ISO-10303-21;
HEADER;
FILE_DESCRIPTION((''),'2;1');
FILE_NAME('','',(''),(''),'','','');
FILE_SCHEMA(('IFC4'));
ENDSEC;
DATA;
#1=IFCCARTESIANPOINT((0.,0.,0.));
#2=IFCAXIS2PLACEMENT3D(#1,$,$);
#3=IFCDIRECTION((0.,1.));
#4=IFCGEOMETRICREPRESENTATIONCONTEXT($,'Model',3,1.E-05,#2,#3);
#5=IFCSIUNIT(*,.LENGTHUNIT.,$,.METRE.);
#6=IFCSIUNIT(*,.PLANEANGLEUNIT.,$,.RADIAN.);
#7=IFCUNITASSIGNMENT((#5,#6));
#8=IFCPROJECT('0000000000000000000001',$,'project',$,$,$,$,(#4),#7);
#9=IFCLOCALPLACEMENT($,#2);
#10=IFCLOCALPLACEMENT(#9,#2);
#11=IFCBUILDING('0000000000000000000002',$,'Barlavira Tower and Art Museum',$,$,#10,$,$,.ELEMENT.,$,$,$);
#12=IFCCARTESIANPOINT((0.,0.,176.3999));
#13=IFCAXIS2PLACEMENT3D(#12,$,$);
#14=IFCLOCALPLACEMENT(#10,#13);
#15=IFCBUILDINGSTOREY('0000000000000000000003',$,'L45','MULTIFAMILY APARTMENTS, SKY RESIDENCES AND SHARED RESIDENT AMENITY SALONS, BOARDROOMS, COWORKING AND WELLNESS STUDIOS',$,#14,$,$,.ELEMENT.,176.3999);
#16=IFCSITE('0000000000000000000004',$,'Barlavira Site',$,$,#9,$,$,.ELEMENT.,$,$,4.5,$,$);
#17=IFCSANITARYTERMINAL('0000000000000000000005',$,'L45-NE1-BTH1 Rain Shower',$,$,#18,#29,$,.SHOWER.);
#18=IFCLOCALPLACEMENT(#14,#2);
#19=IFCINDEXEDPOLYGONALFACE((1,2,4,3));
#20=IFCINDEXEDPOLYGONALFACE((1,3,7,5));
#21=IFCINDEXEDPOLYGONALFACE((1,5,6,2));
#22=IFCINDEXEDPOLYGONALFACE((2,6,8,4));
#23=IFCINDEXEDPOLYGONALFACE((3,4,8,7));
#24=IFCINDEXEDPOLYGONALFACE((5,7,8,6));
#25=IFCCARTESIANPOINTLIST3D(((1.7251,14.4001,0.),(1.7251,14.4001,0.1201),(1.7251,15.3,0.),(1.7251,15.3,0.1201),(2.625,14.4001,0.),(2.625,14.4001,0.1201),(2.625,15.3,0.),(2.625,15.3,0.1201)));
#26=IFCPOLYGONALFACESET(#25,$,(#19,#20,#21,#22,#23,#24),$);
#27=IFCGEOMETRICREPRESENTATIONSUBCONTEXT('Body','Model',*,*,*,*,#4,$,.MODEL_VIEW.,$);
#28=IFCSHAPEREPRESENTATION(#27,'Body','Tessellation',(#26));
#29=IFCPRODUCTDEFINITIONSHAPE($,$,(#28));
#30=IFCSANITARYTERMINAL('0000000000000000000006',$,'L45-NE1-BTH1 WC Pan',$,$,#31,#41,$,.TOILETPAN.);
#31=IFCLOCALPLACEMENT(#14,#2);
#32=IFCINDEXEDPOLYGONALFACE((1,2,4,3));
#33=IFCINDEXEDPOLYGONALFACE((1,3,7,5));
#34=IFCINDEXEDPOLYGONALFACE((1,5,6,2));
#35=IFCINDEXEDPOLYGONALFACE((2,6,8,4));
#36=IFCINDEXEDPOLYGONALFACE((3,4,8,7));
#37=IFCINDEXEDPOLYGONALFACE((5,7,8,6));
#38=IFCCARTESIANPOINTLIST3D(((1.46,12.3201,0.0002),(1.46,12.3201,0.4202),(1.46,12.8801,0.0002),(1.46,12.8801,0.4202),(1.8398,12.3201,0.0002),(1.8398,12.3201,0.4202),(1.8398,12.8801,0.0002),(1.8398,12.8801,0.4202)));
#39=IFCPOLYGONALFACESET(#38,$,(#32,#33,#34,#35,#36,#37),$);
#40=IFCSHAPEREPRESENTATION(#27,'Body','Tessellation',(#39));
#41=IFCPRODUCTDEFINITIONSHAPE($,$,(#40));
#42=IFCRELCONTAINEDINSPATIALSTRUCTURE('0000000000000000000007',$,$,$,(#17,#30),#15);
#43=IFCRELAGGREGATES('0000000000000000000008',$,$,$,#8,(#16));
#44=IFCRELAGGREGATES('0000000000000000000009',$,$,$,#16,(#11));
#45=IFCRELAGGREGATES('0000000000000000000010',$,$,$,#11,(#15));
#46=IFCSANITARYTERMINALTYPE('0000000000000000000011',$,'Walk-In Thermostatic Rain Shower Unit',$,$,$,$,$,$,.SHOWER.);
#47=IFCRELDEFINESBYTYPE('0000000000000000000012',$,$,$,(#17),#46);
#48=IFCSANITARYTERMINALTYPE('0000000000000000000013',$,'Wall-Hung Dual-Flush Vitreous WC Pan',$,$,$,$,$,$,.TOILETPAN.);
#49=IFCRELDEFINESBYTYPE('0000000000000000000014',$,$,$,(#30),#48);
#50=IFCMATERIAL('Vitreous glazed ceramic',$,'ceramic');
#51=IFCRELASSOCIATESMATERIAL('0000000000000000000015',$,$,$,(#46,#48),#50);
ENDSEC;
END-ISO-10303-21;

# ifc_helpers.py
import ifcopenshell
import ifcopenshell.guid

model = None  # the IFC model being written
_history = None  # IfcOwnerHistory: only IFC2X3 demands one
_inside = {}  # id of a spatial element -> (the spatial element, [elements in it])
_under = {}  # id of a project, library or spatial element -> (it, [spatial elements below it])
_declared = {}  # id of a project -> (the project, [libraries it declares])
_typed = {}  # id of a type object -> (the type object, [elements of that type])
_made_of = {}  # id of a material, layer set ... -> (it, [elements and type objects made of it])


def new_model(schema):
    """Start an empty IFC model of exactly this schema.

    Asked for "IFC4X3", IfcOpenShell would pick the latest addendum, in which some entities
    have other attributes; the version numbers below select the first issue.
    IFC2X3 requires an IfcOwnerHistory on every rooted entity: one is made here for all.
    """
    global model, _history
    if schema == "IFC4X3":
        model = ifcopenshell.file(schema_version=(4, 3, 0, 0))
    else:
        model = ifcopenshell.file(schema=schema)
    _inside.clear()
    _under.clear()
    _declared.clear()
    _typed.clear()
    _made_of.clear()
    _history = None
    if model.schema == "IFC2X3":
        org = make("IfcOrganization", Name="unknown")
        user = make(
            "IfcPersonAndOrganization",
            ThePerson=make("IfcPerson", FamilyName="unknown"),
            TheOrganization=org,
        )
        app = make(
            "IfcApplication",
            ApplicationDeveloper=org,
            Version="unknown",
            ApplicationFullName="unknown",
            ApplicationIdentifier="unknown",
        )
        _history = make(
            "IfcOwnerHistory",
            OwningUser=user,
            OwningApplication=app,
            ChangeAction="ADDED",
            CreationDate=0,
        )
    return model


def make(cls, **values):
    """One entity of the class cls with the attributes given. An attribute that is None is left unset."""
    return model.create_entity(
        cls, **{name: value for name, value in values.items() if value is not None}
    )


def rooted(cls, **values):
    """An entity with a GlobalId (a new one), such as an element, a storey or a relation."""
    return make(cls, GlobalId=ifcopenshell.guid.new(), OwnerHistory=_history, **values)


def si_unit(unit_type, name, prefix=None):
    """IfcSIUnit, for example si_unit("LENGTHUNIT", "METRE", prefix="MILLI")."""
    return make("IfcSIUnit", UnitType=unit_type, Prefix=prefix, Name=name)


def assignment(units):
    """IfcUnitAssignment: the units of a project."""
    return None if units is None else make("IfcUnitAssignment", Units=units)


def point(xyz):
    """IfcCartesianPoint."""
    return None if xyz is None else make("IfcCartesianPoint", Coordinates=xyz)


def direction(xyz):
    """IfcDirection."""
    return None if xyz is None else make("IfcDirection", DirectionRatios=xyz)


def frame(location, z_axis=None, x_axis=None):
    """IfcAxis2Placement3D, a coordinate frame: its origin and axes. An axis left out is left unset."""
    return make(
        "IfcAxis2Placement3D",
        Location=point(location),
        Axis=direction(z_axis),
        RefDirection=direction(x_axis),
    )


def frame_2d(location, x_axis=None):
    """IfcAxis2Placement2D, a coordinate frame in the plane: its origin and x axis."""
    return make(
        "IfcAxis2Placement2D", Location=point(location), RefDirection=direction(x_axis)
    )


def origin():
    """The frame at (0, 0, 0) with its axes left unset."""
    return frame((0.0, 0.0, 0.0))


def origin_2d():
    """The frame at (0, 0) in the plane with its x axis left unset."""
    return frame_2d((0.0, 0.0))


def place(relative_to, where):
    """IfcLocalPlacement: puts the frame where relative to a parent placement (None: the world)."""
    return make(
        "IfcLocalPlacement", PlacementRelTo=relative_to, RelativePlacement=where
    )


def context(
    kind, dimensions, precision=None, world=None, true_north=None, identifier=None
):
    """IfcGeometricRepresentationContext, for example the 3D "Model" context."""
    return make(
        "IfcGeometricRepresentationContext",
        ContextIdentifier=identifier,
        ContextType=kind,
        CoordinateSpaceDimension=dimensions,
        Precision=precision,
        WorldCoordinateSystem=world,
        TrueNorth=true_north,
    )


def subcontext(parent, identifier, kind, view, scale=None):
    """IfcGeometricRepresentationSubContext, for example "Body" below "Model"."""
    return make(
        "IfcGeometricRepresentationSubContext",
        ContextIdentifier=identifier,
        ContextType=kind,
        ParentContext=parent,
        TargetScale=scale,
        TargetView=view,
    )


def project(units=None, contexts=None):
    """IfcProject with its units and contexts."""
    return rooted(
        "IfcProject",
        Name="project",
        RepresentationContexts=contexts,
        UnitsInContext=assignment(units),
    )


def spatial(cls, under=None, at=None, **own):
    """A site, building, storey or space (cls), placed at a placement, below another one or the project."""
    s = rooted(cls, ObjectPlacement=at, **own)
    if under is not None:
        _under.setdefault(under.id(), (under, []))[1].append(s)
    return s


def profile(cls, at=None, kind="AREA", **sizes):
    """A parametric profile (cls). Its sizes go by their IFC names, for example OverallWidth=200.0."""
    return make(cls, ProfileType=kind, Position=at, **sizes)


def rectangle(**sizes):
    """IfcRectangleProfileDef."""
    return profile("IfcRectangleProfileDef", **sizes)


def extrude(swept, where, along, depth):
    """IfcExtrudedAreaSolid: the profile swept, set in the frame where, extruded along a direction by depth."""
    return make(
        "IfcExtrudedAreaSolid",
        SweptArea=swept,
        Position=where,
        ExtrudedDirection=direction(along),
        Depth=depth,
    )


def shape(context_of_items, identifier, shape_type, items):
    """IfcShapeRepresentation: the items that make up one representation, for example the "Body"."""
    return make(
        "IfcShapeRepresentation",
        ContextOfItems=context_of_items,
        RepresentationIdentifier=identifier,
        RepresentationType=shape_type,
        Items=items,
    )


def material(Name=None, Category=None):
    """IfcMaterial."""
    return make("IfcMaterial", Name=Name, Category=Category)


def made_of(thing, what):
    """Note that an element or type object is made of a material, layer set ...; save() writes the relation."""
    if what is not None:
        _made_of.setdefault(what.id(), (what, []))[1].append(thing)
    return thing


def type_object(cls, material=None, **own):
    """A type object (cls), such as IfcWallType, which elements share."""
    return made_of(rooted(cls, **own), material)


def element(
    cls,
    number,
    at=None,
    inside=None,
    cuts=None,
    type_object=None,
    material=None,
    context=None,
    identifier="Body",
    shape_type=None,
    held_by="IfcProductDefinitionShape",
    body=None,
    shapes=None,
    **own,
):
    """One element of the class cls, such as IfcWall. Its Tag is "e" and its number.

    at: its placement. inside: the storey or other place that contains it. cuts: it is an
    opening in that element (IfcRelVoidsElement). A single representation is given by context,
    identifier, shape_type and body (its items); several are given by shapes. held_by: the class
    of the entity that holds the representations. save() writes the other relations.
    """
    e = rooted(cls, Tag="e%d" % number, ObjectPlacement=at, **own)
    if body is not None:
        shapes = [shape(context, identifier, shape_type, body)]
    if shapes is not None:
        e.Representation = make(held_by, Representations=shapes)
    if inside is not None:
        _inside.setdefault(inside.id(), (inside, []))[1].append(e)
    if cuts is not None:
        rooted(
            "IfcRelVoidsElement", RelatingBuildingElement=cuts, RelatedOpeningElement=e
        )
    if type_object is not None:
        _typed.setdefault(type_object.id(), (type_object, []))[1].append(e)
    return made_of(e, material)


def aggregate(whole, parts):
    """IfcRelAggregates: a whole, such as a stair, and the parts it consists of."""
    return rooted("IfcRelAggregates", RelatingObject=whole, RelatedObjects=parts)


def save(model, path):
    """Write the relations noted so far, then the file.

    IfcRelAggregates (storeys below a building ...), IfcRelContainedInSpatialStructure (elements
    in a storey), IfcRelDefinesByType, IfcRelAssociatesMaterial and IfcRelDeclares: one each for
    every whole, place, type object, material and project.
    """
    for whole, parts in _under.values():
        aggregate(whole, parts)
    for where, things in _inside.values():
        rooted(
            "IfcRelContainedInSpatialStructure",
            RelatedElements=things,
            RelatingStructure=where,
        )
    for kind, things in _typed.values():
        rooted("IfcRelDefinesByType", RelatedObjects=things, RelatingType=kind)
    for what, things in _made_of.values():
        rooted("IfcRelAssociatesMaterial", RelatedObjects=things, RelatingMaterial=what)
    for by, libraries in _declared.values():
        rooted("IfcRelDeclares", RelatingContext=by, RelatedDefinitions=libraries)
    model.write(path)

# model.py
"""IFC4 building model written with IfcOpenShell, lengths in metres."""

from ifc_helpers import new_model, si_unit, direction, frame, origin, origin_2d, place, context, subcontext, project, spatial, rectangle, extrude, material, type_object, element, save


model = new_model("IFC4")

# Units and contexts
model_context = context("Model", 3, precision=1e-05, world=origin(), true_north=direction((0.0, 1.0)))
body_context = subcontext(model_context, "Body", "Model", "MODEL_VIEW")
ifc_project = project(units=[si_unit("LENGTHUNIT", "METRE"), si_unit("PLANEANGLEUNIT", "RADIAN")], contexts=[model_context])

# Site, building, storey
site_placement = place(None, origin())
site = spatial("IfcSite", under=ifc_project, at=site_placement, Name="Barlavira Site", CompositionType="ELEMENT", RefElevation=4.5)
building_placement = place(site_placement, origin())
building = spatial("IfcBuilding", under=site, at=building_placement, Name="Barlavira Tower and Art Museum", CompositionType="ELEMENT")
storey_placement = place(building_placement, frame((0.0, 0.0, 176.3999)))
storey = spatial("IfcBuildingStorey", under=building, at=storey_placement, Name="L45", Description="MULTIFAMILY APARTMENTS, SKY RESIDENCES AND SHARED RESIDENT AMENITY SALONS, BOARDROOMS, COWORKING AND WELLNESS STUDIOS", CompositionType="ELEMENT", Elevation=176.3999)

# Sanitary terminals
ifc_material_1 = material(Name="Vitreous glazed ceramic", Category="ceramic")
sanitary_terminal_type_1 = type_object("IfcSanitaryTerminalType", Name="Walk-In Thermostatic Rain Shower Unit", PredefinedType="SHOWER", material=ifc_material_1)
sanitary_terminal_1_placement = place(storey_placement, frame((2.175, 14.8501, 0.0), z_axis=(0.0, 0.0, 1.0), x_axis=(1.0, 0.0, 0.0)))
element("IfcSanitaryTerminal", 1, at=sanitary_terminal_1_placement, inside=storey, type_object=sanitary_terminal_type_1, Name="L45-NE1-BTH1 Rain Shower", PredefinedType="SHOWER", context=body_context, shape_type="SweptSolid", body=[
    extrude(rectangle(XDim=0.8999, YDim=0.8999, at=origin_2d()), origin(), (0.0, 0.0, 1.0), 0.1201),
])
sanitary_terminal_type_2 = type_object("IfcSanitaryTerminalType", Name="Wall-Hung Dual-Flush Vitreous WC Pan", PredefinedType="TOILETPAN", material=ifc_material_1)
sanitary_terminal_2_placement = place(storey_placement, frame((1.6499, 12.6001, 0.0002), z_axis=(0.0, 0.0, 1.0), x_axis=(1.0, 0.0, 0.0)))
element("IfcSanitaryTerminal", 2, at=sanitary_terminal_2_placement, inside=storey, type_object=sanitary_terminal_type_2, Name="L45-NE1-BTH1 WC Pan", PredefinedType="TOILETPAN", context=body_context, shape_type="SweptSolid", body=[
    extrude(rectangle(XDim=0.3799, YDim=0.5601, at=origin_2d()), origin(), (0.0, 0.0, 1.0), 0.4199),
])

save(model, "model.ifc")
